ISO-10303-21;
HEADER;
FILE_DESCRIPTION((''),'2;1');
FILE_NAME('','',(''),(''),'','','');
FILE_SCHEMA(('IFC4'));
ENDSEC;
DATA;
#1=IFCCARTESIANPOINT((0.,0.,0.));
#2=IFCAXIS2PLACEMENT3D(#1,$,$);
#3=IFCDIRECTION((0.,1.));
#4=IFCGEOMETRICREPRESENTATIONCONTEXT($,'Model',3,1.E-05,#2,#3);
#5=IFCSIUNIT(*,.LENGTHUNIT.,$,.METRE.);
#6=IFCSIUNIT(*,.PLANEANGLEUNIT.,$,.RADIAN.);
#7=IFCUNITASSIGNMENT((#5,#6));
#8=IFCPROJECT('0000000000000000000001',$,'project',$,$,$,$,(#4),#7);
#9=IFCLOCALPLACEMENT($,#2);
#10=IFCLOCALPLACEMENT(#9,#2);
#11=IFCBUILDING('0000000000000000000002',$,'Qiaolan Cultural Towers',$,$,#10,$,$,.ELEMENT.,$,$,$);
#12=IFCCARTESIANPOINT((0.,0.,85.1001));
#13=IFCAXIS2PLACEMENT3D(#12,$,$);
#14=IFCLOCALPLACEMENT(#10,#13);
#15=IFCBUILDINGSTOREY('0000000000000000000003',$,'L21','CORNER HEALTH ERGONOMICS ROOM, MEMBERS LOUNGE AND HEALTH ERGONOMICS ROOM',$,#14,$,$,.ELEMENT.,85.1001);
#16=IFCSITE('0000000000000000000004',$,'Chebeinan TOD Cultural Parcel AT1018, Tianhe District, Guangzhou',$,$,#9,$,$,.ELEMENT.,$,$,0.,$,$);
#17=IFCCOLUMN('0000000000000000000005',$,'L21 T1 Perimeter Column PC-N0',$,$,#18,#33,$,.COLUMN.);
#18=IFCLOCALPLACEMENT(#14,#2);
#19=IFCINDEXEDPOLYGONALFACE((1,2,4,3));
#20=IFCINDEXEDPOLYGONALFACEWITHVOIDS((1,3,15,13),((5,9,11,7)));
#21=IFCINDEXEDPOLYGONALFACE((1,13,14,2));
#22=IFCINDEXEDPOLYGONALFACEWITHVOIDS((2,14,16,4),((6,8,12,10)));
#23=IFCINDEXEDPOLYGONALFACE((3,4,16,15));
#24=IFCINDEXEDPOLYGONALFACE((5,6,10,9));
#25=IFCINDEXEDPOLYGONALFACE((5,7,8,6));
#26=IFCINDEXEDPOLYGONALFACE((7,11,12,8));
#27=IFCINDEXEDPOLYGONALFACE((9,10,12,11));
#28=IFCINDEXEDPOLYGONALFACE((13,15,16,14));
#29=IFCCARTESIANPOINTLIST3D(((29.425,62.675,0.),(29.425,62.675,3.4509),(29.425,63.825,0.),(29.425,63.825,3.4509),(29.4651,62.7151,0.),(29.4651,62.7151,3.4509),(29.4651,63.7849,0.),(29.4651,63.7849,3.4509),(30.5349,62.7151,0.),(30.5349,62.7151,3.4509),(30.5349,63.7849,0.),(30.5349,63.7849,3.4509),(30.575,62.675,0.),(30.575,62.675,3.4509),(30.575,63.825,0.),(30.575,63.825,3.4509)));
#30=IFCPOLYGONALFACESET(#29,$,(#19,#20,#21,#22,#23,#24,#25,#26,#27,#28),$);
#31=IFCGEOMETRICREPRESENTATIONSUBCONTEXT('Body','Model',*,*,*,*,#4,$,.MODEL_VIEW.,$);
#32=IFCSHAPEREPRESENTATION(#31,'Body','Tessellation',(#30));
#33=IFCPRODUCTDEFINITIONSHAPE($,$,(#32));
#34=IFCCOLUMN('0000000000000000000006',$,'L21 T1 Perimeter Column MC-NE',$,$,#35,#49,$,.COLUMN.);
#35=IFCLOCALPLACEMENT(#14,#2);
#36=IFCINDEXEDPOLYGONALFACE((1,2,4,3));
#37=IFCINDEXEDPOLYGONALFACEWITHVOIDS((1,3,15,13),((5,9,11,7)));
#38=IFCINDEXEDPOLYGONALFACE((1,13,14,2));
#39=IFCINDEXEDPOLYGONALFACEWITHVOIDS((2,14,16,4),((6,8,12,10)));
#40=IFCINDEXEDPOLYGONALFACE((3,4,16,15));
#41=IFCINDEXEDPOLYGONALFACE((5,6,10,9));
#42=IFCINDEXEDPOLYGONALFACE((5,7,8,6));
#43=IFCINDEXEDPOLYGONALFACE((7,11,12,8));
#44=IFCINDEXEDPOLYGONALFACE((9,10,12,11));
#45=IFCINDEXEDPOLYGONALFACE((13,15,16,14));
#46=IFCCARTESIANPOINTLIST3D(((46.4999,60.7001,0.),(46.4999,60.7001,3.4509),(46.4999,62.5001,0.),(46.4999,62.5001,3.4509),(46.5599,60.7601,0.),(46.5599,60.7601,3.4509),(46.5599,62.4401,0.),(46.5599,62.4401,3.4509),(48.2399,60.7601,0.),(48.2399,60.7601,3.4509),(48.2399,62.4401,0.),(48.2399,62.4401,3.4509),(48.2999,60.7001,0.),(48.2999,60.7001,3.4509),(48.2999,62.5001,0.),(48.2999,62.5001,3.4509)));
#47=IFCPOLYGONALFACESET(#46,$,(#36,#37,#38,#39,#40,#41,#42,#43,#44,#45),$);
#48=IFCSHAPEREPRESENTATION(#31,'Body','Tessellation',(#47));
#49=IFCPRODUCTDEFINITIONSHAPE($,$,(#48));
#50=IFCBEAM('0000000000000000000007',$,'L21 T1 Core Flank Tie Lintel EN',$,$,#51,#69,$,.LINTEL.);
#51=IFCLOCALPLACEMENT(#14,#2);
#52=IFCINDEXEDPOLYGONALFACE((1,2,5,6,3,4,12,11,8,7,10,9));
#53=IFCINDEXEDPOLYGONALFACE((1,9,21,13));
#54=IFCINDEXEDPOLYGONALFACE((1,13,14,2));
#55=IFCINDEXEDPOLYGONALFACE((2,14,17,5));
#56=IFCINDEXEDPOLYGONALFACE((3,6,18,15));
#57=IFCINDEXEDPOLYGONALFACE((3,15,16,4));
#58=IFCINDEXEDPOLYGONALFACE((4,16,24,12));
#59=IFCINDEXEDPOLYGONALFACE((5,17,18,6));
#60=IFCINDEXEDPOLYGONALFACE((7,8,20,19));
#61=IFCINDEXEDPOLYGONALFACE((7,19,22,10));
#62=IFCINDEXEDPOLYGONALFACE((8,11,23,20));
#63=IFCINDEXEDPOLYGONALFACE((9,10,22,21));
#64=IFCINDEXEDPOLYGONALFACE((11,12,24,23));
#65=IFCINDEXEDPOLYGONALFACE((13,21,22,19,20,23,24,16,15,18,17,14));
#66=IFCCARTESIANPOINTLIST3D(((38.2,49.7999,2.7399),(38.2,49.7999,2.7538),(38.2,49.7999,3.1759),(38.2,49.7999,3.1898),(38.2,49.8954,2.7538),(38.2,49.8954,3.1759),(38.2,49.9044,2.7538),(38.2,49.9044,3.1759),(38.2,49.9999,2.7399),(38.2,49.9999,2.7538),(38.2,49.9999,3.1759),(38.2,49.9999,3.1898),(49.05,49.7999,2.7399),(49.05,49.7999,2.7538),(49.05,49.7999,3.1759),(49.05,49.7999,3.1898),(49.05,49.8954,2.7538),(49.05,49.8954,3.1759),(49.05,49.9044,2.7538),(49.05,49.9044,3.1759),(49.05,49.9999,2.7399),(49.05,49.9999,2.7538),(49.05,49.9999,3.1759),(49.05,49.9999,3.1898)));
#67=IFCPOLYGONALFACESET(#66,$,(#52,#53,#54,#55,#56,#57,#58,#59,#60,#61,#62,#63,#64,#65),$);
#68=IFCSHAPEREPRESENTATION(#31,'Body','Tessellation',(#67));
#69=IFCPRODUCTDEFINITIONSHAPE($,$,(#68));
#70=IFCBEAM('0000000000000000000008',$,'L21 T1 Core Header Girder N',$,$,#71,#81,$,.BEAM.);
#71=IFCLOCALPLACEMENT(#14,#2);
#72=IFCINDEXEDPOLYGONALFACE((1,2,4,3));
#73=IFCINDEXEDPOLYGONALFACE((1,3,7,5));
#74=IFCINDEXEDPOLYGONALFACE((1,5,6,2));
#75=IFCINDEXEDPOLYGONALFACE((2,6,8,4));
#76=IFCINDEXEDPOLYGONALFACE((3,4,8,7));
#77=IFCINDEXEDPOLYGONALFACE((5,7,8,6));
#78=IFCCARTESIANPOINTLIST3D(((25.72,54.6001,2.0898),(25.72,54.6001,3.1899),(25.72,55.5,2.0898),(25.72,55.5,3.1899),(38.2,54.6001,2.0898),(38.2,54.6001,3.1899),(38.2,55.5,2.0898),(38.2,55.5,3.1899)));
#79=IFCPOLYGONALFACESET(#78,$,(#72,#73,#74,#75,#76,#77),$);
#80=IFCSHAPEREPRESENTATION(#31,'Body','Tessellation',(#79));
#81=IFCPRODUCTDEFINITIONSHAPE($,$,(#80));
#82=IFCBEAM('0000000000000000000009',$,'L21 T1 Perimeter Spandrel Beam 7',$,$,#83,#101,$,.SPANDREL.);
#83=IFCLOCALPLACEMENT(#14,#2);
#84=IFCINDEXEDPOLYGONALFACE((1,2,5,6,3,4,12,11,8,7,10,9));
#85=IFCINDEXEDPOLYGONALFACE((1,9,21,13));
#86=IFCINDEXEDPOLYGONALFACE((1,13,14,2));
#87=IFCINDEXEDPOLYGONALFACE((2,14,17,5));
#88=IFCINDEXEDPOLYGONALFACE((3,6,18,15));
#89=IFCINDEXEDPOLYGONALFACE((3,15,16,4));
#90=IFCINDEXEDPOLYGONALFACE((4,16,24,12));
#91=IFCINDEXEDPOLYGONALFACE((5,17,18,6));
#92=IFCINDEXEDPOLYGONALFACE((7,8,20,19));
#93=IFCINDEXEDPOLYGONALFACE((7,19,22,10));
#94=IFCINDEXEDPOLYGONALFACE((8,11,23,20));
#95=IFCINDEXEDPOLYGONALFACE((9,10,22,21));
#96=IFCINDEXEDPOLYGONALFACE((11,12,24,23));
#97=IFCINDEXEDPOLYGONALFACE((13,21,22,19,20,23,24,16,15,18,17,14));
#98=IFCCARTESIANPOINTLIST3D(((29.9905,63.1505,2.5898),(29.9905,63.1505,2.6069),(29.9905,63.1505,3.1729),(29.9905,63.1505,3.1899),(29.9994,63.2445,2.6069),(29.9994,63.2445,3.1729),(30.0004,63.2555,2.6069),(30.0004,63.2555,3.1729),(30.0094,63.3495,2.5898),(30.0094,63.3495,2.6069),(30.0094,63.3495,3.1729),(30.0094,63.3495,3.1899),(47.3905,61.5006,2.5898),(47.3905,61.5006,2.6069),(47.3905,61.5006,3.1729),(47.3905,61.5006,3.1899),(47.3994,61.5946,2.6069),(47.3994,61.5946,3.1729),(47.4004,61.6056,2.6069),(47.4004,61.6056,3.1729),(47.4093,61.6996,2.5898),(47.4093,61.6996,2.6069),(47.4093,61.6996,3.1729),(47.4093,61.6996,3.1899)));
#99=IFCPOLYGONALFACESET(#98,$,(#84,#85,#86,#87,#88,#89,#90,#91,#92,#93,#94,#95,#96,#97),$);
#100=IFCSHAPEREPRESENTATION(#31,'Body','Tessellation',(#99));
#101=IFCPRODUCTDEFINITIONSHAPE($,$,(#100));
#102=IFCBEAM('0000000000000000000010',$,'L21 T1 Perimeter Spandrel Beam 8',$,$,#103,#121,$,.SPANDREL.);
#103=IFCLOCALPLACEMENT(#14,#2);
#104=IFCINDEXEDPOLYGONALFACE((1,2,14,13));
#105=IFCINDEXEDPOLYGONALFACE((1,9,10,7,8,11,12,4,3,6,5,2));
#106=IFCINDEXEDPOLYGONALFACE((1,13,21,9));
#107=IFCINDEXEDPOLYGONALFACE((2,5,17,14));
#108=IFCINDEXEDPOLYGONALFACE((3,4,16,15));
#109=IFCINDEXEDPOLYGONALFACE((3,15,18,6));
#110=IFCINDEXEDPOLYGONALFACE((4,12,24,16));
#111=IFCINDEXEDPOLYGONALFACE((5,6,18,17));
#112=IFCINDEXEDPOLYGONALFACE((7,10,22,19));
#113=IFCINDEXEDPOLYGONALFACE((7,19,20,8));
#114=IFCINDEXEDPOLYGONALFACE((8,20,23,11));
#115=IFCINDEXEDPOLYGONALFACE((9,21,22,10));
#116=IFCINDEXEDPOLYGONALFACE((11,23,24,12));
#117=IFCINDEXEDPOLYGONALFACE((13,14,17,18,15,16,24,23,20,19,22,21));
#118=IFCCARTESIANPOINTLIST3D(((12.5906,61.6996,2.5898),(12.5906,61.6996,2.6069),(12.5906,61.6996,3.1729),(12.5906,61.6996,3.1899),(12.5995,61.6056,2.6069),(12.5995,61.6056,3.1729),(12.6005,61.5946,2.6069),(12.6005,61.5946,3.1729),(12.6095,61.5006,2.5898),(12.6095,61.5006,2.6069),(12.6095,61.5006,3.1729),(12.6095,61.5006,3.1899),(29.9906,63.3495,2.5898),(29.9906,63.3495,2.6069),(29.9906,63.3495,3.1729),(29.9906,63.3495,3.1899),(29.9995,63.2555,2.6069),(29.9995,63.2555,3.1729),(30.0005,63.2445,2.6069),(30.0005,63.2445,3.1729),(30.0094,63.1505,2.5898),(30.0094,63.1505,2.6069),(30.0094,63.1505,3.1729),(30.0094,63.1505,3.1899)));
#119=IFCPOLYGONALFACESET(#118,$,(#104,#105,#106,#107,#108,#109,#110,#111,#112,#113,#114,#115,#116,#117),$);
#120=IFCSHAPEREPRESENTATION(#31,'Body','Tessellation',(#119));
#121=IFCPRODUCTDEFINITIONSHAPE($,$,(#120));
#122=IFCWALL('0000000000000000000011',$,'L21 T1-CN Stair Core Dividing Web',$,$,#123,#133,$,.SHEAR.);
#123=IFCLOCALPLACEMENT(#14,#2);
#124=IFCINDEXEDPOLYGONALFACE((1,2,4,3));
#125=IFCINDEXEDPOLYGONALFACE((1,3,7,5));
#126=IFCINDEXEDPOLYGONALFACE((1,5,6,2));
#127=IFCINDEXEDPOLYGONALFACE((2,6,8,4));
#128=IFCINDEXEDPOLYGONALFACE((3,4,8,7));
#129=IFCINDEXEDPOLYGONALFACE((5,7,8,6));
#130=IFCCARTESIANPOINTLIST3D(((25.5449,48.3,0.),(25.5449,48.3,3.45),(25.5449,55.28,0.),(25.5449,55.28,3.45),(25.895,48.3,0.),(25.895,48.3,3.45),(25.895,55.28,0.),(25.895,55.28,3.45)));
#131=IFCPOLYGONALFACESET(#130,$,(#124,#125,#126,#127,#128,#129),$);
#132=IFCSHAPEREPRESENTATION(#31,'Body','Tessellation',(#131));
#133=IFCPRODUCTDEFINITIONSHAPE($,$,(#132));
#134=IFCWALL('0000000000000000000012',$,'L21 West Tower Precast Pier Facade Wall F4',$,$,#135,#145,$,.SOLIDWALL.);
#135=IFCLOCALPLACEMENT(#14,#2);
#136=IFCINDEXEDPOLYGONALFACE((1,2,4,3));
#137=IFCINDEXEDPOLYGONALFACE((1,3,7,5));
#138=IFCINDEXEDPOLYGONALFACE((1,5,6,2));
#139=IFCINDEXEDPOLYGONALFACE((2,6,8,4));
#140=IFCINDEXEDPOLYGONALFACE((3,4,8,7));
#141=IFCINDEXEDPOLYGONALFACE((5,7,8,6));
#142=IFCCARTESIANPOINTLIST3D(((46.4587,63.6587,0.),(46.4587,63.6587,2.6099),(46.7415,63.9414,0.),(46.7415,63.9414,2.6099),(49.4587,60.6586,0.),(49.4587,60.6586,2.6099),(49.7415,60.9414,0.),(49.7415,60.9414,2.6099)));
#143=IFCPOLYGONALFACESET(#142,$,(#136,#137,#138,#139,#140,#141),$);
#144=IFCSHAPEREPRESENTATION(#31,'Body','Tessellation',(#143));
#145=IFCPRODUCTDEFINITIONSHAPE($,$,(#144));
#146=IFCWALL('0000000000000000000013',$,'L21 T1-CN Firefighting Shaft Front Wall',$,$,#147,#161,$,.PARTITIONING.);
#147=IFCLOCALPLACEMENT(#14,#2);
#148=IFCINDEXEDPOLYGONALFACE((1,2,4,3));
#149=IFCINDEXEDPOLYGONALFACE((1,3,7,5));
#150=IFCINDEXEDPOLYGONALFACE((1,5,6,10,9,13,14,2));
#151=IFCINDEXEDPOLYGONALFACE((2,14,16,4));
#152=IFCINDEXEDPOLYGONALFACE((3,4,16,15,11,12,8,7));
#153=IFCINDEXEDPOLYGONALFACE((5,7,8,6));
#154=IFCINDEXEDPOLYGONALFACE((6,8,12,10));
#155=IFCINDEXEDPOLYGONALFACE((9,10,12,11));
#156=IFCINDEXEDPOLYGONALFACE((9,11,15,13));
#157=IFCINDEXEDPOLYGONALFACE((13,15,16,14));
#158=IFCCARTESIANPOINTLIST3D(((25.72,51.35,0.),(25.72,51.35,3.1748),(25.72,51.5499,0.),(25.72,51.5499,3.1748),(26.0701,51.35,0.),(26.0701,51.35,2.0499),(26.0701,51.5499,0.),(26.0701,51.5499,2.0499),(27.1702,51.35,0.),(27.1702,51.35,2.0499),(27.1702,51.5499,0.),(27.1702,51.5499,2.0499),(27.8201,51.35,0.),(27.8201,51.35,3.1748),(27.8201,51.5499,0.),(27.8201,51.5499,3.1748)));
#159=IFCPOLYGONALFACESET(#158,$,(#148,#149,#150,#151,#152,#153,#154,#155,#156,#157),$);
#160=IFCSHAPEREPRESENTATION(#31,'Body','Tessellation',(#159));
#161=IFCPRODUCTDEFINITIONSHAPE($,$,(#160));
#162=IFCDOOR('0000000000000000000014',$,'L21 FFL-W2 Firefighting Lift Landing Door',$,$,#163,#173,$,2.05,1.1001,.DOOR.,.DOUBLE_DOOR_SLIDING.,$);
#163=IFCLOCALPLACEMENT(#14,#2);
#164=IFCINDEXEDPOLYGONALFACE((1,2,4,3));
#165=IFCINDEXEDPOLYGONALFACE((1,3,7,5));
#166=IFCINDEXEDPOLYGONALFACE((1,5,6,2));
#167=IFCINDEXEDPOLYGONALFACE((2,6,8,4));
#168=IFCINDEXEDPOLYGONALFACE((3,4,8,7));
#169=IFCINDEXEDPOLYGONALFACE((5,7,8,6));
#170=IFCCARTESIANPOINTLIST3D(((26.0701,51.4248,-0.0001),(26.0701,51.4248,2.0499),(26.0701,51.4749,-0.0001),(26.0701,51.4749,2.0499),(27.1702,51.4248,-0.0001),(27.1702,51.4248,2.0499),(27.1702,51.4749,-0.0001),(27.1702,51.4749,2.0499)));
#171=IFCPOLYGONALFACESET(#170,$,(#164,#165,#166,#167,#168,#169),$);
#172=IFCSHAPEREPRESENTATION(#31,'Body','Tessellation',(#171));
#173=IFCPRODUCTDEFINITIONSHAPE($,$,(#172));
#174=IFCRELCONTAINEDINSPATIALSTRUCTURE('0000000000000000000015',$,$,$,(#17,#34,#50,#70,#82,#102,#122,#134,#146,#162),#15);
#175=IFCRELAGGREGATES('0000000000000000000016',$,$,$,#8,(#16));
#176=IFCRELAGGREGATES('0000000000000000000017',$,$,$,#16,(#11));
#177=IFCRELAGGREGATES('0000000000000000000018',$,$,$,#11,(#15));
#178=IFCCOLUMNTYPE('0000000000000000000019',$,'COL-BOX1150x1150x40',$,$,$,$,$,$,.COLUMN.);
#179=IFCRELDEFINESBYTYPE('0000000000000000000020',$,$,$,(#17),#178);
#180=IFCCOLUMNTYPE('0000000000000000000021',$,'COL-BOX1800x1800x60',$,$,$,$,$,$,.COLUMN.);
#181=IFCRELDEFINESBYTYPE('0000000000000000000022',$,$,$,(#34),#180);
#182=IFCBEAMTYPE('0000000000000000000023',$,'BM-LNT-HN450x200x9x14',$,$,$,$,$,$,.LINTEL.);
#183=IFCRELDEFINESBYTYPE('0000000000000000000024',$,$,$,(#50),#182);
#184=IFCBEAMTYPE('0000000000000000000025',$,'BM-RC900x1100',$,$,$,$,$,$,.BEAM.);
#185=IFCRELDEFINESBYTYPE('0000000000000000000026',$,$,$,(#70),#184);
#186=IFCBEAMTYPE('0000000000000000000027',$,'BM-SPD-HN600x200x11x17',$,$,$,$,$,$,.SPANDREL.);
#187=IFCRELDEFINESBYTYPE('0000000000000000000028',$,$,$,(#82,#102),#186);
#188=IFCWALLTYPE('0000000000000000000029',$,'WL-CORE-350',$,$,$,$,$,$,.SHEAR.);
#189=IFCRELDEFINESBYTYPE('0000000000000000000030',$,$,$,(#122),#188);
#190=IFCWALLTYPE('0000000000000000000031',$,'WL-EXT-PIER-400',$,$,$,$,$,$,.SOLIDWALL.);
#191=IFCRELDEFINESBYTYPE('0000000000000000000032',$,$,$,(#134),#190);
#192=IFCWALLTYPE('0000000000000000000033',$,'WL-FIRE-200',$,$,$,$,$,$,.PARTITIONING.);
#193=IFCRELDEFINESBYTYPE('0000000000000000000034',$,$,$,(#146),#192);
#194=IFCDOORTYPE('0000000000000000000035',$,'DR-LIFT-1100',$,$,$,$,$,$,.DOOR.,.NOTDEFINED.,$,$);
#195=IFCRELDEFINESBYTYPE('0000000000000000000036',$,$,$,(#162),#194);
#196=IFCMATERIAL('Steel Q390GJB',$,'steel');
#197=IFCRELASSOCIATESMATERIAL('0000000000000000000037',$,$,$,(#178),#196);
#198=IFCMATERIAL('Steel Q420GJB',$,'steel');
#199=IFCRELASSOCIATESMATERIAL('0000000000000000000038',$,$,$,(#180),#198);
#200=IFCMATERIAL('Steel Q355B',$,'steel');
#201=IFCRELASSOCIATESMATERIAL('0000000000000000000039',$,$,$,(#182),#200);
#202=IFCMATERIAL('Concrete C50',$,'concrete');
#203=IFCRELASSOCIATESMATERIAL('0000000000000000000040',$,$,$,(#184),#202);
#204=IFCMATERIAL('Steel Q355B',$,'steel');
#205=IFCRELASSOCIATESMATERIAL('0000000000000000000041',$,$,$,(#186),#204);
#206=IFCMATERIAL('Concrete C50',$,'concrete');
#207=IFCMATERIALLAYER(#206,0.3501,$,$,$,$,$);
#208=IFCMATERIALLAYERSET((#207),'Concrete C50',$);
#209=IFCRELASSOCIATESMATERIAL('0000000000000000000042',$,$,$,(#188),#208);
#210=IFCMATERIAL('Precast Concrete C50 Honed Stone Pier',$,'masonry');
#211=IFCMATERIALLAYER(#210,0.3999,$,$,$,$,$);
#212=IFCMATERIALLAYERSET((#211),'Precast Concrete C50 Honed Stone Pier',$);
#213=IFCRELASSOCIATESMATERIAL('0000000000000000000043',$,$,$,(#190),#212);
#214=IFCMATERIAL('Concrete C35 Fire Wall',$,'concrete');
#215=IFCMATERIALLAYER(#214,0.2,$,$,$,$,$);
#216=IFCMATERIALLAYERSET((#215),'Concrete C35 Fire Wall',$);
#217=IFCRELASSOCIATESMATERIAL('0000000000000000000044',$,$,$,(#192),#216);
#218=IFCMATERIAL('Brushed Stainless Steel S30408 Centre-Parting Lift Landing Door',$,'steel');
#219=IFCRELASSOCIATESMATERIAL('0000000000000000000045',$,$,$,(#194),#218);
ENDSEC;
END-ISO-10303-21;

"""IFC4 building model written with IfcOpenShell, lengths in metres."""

from ifc_helpers import new_model, si_unit, direction, frame, frame_2d, origin, origin_2d, place, context, subcontext, project, spatial, rectangle, hollow_rectangle, i_section, extrude, material, layer, layer_set, material_profile, profile_set, type_object, element, fill, save


model = new_model("IFC4")

# Units and contexts
model_context = context("Model", 3, precision=1e-05, world=origin(), true_north=direction((0.0, 1.0)))
body_context = subcontext(model_context, "Body", "Model", "MODEL_VIEW")
ifc_project = project(units=[si_unit("LENGTHUNIT", "METRE"), si_unit("PLANEANGLEUNIT", "RADIAN")], contexts=[model_context])

# Site, building, storey
site_placement = place(None, origin())
site = spatial("IfcSite", under=ifc_project, at=site_placement, Name="Chebeinan TOD Cultural Parcel AT1018, Tianhe District, Guangzhou", CompositionType="ELEMENT", RefElevation=0.0)
building_placement = place(site_placement, origin())
building = spatial("IfcBuilding", under=site, at=building_placement, Name="Qiaolan Cultural Towers", CompositionType="ELEMENT")
storey_placement = place(building_placement, frame((0.0, 0.0, 85.1001)))
storey = spatial("IfcBuildingStorey", under=building, at=storey_placement, Name="L21", Description="CORNER HEALTH ERGONOMICS ROOM, MEMBERS LOUNGE AND HEALTH ERGONOMICS ROOM", CompositionType="ELEMENT", Elevation=85.1001)

# Columns
ifc_material_1 = material(Name="Steel Q390GJB", Category="steel")
ifc_material_profile_1 = material_profile(ifc_material_1, hollow_rectangle(XDim=1.1499, YDim=1.1499, WallThickness=0.04, at=origin_2d()), Name="BOX1150x1150x40")
ifc_profile_set_1 = profile_set([ifc_material_profile_1], Name="Steel Q390GJB")
column_type_1 = type_object("IfcColumnType", Name="COL-BOX1150x1150x40", PredefinedType="COLUMN", material=ifc_profile_set_1)
column_1_placement = place(storey_placement, frame((30.0, 63.25, 0.0), z_axis=(0.0, 0.0, 1.0), x_axis=(1.0, 0.0, 0.0)))
element("IfcColumn", 1, at=column_1_placement, inside=storey, type_object=column_type_1, Name="L21 T1 Perimeter Column PC-N0", PredefinedType="COLUMN", context=body_context, shape_type="SweptSolid", body=[
    extrude(hollow_rectangle(XDim=1.1499, YDim=1.1499, WallThickness=0.04, at=origin_2d()), origin(), (0.0, 0.0, 1.0), 3.4509),
])
ifc_material_2 = material(Name="Steel Q420GJB", Category="steel")
ifc_material_profile_2 = material_profile(ifc_material_2, hollow_rectangle(XDim=1.8, YDim=1.8, WallThickness=0.0601, at=origin_2d()), Name="BOX1800x1800x60")
ifc_profile_set_2 = profile_set([ifc_material_profile_2], Name="Steel Q420GJB")
column_type_2 = type_object("IfcColumnType", Name="COL-BOX1800x1800x60", PredefinedType="COLUMN", material=ifc_profile_set_2)
column_2_placement = place(storey_placement, frame((47.3999, 61.6001, 0.0), z_axis=(0.0, 0.0, 1.0), x_axis=(1.0, 0.0, 0.0)))
element("IfcColumn", 2, at=column_2_placement, inside=storey, type_object=column_type_2, Name="L21 T1 Perimeter Column MC-NE", PredefinedType="COLUMN", context=body_context, shape_type="SweptSolid", body=[
    extrude(hollow_rectangle(XDim=1.8, YDim=1.8, WallThickness=0.0601, at=origin_2d()), origin(), (0.0, 0.0, 1.0), 3.4509),
])

# Beams
ifc_material_3 = material(Name="Steel Q355B", Category="steel")
ifc_material_profile_3 = material_profile(ifc_material_3, i_section(OverallWidth=0.2, OverallDepth=0.45, WebThickness=0.009, FlangeThickness=0.0139, at=origin_2d()), Name="HN450x200x9x14")
ifc_profile_set_3 = profile_set([ifc_material_profile_3], Name="Steel Q355B")
beam_type_1 = type_object("IfcBeamType", Name="BM-LNT-HN450x200x9x14", PredefinedType="LINTEL", material=ifc_profile_set_3)
beam_1_placement = place(storey_placement, frame((38.2, 49.8999, 2.9648), z_axis=(1.0, 0.0, 0.0), x_axis=(0.0, 1.0, 0.0)))
element("IfcBeam", 3, at=beam_1_placement, inside=storey, type_object=beam_type_1, Name="L21 T1 Core Flank Tie Lintel EN", PredefinedType="LINTEL", context=body_context, shape_type="SweptSolid", body=[
    extrude(i_section(OverallWidth=0.2, OverallDepth=0.45, WebThickness=0.009, FlangeThickness=0.0139, at=origin_2d()), origin(), (0.0, 0.0, 1.0), 10.8501),
])
ifc_material_4 = material(Name="Concrete C50", Category="concrete")
ifc_material_profile_4 = material_profile(ifc_material_4, rectangle(XDim=0.8999, YDim=1.1001, at=origin_2d()), Name="RC900x1100")
ifc_profile_set_4 = profile_set([ifc_material_profile_4], Name="Concrete C50")
beam_type_2 = type_object("IfcBeamType", Name="BM-RC900x1100", PredefinedType="BEAM", material=ifc_profile_set_4)
beam_2_placement = place(storey_placement, frame((25.72, 55.05, 2.6399), z_axis=(1.0, 0.0, 0.0), x_axis=(0.0, 1.0, 0.0)))
element("IfcBeam", 4, at=beam_2_placement, inside=storey, type_object=beam_type_2, Name="L21 T1 Core Header Girder N", PredefinedType="BEAM", context=body_context, shape_type="SweptSolid", body=[
    extrude(rectangle(XDim=0.8999, YDim=1.1001, at=origin_2d()), origin(), (0.0, 0.0, 1.0), 12.48),
])
ifc_material_5 = material(Name="Steel Q355B", Category="steel")
ifc_material_profile_5 = material_profile(ifc_material_5, i_section(OverallWidth=0.2, OverallDepth=0.6001, WebThickness=0.011, FlangeThickness=0.0171, at=origin_2d()), Name="HN600x200x11x17")
ifc_profile_set_5 = profile_set([ifc_material_profile_5], Name="Steel Q355B")
beam_type_3 = type_object("IfcBeamType", Name="BM-SPD-HN600x200x11x17", PredefinedType="SPANDREL", material=ifc_profile_set_5)
for number, where, z_axis, x_axis, name in (
    (5, (47.3999, 61.6001, 2.8899), (-0.995534, 0.094399, 0.0), (-0.094399, -0.995534, 0.0), "L21 T1 Perimeter Spandrel Beam 7"),
    (6, (30.0, 63.25, 2.8899), (-0.995534, -0.094399, 0.0), (0.094399, -0.995534, 0.0), "L21 T1 Perimeter Spandrel Beam 8"),
):
    element("IfcBeam", number, at=place(storey_placement, frame(where, z_axis=z_axis, x_axis=x_axis)), inside=storey, type_object=beam_type_3, Name=name, PredefinedType="SPANDREL", context=body_context, shape_type="SweptSolid", body=[
        extrude(i_section(OverallWidth=0.2, OverallDepth=0.6001, WebThickness=0.011, FlangeThickness=0.0171, at=origin_2d()), origin(), (0.0, 0.0, 1.0), 17.478),
    ])

# Walls
ifc_material_6 = material(Name="Concrete C50", Category="concrete")
ifc_layer_1 = layer(ifc_material_6, 0.3501)
ifc_layer_set_1 = layer_set([ifc_layer_1], Name="Concrete C50")
wall_type_1 = type_object("IfcWallType", Name="WL-CORE-350", PredefinedType="SHEAR", material=ifc_layer_set_1)
wall_1_placement = place(storey_placement, frame((25.72, 48.3, 0.0), z_axis=(0.0, 0.0, 1.0), x_axis=(0.0, 1.0, 0.0)))
element("IfcWall", 7, at=wall_1_placement, inside=storey, type_object=wall_type_1, Name="L21 T1-CN Stair Core Dividing Web", PredefinedType="SHEAR", context=body_context, shape_type="SweptSolid", body=[
    extrude(rectangle(XDim=6.98, YDim=0.3501, at=frame_2d((3.49, 0.0))), origin(), (0.0, 0.0, 1.0), 3.45),
])
ifc_material_7 = material(Name="Precast Concrete C50 Honed Stone Pier", Category="masonry")
ifc_layer_2 = layer(ifc_material_7, 0.3999)
ifc_layer_set_2 = layer_set([ifc_layer_2], Name="Precast Concrete C50 Honed Stone Pier")
wall_type_2 = type_object("IfcWallType", Name="WL-EXT-PIER-400", PredefinedType="SOLIDWALL", material=ifc_layer_set_2)
wall_2_placement = place(storey_placement, frame((46.6001, 63.8, 0.0), z_axis=(0.0, 0.0, 1.0), x_axis=(0.707107, -0.707107, 0.0)))
element("IfcWall", 8, at=wall_2_placement, inside=storey, type_object=wall_type_2, Name="L21 West Tower Precast Pier Facade Wall F4", PredefinedType="SOLIDWALL", context=body_context, shape_type="SweptSolid", body=[
    extrude(rectangle(XDim=4.2427, YDim=0.3999, at=frame_2d((2.1213, 0.0))), origin(), (0.0, 0.0, 1.0), 2.6099),
])

# Wall, opening, door
ifc_material_8 = material(Name="Concrete C35 Fire Wall", Category="concrete")
ifc_layer_3 = layer(ifc_material_8, 0.2)
ifc_layer_set_3 = layer_set([ifc_layer_3], Name="Concrete C35 Fire Wall")
wall_type_3 = type_object("IfcWallType", Name="WL-FIRE-200", PredefinedType="PARTITIONING", material=ifc_layer_set_3)
wall_3_placement = place(storey_placement, frame((25.72, 51.45, 0.0), z_axis=(0.0, 0.0, 1.0), x_axis=(1.0, 0.0, 0.0)))
wall_3 = element("IfcWall", 9, at=wall_3_placement, inside=storey, type_object=wall_type_3, Name="L21 T1-CN Firefighting Shaft Front Wall", PredefinedType="PARTITIONING", context=body_context, shape_type="SweptSolid", body=[
    extrude(rectangle(XDim=2.1001, YDim=0.2, at=frame_2d((1.05, 0.0))), origin(), (0.0, 0.0, 1.0), 3.1748),
])
opening_1_placement = place(wall_3_placement, frame((0.3501, 0.0, 0.0)))
opening_1 = element("IfcOpeningElement", 10, at=opening_1_placement, cuts=wall_3, PredefinedType="OPENING", context=body_context, shape_type="SweptSolid", body=[
    extrude(rectangle(XDim=1.1001, YDim=2.05, at=frame_2d((0.55, 1.0249))), frame((0.0, 0.1099, 0.0), z_axis=(0.0, -1.0, 0.0), x_axis=(1.0, 0.0, 0.0)), (0.0, 0.0, 1.0), 0.22),
])
ifc_material_9 = material(Name="Brushed Stainless Steel S30408 Centre-Parting Lift Landing Door", Category="steel")
door_type = type_object("IfcDoorType", Name="DR-LIFT-1100", OperationType="NOTDEFINED", PredefinedType="DOOR", material=ifc_material_9)
door_1_placement = place(opening_1_placement, origin())
door_1 = element("IfcDoor", 11, at=door_1_placement, inside=storey, type_object=door_type, Name="L21 FFL-W2 Firefighting Lift Landing Door", OperationType="DOUBLE_DOOR_SLIDING", OverallHeight=2.05, OverallWidth=1.1001, PredefinedType="DOOR", context=body_context, shape_type="SweptSolid", body=[
    extrude(rectangle(XDim=1.1001, YDim=2.05, at=frame_2d((0.55, 1.0249))), frame((0.0, 0.0249, 0.0), z_axis=(0.0, -1.0, 0.0), x_axis=(1.0, 0.0, 0.0)), (0.0, 0.0, 1.0), 0.05),
])
fill(opening_1, door_1)

save(model, "model.ifc")
